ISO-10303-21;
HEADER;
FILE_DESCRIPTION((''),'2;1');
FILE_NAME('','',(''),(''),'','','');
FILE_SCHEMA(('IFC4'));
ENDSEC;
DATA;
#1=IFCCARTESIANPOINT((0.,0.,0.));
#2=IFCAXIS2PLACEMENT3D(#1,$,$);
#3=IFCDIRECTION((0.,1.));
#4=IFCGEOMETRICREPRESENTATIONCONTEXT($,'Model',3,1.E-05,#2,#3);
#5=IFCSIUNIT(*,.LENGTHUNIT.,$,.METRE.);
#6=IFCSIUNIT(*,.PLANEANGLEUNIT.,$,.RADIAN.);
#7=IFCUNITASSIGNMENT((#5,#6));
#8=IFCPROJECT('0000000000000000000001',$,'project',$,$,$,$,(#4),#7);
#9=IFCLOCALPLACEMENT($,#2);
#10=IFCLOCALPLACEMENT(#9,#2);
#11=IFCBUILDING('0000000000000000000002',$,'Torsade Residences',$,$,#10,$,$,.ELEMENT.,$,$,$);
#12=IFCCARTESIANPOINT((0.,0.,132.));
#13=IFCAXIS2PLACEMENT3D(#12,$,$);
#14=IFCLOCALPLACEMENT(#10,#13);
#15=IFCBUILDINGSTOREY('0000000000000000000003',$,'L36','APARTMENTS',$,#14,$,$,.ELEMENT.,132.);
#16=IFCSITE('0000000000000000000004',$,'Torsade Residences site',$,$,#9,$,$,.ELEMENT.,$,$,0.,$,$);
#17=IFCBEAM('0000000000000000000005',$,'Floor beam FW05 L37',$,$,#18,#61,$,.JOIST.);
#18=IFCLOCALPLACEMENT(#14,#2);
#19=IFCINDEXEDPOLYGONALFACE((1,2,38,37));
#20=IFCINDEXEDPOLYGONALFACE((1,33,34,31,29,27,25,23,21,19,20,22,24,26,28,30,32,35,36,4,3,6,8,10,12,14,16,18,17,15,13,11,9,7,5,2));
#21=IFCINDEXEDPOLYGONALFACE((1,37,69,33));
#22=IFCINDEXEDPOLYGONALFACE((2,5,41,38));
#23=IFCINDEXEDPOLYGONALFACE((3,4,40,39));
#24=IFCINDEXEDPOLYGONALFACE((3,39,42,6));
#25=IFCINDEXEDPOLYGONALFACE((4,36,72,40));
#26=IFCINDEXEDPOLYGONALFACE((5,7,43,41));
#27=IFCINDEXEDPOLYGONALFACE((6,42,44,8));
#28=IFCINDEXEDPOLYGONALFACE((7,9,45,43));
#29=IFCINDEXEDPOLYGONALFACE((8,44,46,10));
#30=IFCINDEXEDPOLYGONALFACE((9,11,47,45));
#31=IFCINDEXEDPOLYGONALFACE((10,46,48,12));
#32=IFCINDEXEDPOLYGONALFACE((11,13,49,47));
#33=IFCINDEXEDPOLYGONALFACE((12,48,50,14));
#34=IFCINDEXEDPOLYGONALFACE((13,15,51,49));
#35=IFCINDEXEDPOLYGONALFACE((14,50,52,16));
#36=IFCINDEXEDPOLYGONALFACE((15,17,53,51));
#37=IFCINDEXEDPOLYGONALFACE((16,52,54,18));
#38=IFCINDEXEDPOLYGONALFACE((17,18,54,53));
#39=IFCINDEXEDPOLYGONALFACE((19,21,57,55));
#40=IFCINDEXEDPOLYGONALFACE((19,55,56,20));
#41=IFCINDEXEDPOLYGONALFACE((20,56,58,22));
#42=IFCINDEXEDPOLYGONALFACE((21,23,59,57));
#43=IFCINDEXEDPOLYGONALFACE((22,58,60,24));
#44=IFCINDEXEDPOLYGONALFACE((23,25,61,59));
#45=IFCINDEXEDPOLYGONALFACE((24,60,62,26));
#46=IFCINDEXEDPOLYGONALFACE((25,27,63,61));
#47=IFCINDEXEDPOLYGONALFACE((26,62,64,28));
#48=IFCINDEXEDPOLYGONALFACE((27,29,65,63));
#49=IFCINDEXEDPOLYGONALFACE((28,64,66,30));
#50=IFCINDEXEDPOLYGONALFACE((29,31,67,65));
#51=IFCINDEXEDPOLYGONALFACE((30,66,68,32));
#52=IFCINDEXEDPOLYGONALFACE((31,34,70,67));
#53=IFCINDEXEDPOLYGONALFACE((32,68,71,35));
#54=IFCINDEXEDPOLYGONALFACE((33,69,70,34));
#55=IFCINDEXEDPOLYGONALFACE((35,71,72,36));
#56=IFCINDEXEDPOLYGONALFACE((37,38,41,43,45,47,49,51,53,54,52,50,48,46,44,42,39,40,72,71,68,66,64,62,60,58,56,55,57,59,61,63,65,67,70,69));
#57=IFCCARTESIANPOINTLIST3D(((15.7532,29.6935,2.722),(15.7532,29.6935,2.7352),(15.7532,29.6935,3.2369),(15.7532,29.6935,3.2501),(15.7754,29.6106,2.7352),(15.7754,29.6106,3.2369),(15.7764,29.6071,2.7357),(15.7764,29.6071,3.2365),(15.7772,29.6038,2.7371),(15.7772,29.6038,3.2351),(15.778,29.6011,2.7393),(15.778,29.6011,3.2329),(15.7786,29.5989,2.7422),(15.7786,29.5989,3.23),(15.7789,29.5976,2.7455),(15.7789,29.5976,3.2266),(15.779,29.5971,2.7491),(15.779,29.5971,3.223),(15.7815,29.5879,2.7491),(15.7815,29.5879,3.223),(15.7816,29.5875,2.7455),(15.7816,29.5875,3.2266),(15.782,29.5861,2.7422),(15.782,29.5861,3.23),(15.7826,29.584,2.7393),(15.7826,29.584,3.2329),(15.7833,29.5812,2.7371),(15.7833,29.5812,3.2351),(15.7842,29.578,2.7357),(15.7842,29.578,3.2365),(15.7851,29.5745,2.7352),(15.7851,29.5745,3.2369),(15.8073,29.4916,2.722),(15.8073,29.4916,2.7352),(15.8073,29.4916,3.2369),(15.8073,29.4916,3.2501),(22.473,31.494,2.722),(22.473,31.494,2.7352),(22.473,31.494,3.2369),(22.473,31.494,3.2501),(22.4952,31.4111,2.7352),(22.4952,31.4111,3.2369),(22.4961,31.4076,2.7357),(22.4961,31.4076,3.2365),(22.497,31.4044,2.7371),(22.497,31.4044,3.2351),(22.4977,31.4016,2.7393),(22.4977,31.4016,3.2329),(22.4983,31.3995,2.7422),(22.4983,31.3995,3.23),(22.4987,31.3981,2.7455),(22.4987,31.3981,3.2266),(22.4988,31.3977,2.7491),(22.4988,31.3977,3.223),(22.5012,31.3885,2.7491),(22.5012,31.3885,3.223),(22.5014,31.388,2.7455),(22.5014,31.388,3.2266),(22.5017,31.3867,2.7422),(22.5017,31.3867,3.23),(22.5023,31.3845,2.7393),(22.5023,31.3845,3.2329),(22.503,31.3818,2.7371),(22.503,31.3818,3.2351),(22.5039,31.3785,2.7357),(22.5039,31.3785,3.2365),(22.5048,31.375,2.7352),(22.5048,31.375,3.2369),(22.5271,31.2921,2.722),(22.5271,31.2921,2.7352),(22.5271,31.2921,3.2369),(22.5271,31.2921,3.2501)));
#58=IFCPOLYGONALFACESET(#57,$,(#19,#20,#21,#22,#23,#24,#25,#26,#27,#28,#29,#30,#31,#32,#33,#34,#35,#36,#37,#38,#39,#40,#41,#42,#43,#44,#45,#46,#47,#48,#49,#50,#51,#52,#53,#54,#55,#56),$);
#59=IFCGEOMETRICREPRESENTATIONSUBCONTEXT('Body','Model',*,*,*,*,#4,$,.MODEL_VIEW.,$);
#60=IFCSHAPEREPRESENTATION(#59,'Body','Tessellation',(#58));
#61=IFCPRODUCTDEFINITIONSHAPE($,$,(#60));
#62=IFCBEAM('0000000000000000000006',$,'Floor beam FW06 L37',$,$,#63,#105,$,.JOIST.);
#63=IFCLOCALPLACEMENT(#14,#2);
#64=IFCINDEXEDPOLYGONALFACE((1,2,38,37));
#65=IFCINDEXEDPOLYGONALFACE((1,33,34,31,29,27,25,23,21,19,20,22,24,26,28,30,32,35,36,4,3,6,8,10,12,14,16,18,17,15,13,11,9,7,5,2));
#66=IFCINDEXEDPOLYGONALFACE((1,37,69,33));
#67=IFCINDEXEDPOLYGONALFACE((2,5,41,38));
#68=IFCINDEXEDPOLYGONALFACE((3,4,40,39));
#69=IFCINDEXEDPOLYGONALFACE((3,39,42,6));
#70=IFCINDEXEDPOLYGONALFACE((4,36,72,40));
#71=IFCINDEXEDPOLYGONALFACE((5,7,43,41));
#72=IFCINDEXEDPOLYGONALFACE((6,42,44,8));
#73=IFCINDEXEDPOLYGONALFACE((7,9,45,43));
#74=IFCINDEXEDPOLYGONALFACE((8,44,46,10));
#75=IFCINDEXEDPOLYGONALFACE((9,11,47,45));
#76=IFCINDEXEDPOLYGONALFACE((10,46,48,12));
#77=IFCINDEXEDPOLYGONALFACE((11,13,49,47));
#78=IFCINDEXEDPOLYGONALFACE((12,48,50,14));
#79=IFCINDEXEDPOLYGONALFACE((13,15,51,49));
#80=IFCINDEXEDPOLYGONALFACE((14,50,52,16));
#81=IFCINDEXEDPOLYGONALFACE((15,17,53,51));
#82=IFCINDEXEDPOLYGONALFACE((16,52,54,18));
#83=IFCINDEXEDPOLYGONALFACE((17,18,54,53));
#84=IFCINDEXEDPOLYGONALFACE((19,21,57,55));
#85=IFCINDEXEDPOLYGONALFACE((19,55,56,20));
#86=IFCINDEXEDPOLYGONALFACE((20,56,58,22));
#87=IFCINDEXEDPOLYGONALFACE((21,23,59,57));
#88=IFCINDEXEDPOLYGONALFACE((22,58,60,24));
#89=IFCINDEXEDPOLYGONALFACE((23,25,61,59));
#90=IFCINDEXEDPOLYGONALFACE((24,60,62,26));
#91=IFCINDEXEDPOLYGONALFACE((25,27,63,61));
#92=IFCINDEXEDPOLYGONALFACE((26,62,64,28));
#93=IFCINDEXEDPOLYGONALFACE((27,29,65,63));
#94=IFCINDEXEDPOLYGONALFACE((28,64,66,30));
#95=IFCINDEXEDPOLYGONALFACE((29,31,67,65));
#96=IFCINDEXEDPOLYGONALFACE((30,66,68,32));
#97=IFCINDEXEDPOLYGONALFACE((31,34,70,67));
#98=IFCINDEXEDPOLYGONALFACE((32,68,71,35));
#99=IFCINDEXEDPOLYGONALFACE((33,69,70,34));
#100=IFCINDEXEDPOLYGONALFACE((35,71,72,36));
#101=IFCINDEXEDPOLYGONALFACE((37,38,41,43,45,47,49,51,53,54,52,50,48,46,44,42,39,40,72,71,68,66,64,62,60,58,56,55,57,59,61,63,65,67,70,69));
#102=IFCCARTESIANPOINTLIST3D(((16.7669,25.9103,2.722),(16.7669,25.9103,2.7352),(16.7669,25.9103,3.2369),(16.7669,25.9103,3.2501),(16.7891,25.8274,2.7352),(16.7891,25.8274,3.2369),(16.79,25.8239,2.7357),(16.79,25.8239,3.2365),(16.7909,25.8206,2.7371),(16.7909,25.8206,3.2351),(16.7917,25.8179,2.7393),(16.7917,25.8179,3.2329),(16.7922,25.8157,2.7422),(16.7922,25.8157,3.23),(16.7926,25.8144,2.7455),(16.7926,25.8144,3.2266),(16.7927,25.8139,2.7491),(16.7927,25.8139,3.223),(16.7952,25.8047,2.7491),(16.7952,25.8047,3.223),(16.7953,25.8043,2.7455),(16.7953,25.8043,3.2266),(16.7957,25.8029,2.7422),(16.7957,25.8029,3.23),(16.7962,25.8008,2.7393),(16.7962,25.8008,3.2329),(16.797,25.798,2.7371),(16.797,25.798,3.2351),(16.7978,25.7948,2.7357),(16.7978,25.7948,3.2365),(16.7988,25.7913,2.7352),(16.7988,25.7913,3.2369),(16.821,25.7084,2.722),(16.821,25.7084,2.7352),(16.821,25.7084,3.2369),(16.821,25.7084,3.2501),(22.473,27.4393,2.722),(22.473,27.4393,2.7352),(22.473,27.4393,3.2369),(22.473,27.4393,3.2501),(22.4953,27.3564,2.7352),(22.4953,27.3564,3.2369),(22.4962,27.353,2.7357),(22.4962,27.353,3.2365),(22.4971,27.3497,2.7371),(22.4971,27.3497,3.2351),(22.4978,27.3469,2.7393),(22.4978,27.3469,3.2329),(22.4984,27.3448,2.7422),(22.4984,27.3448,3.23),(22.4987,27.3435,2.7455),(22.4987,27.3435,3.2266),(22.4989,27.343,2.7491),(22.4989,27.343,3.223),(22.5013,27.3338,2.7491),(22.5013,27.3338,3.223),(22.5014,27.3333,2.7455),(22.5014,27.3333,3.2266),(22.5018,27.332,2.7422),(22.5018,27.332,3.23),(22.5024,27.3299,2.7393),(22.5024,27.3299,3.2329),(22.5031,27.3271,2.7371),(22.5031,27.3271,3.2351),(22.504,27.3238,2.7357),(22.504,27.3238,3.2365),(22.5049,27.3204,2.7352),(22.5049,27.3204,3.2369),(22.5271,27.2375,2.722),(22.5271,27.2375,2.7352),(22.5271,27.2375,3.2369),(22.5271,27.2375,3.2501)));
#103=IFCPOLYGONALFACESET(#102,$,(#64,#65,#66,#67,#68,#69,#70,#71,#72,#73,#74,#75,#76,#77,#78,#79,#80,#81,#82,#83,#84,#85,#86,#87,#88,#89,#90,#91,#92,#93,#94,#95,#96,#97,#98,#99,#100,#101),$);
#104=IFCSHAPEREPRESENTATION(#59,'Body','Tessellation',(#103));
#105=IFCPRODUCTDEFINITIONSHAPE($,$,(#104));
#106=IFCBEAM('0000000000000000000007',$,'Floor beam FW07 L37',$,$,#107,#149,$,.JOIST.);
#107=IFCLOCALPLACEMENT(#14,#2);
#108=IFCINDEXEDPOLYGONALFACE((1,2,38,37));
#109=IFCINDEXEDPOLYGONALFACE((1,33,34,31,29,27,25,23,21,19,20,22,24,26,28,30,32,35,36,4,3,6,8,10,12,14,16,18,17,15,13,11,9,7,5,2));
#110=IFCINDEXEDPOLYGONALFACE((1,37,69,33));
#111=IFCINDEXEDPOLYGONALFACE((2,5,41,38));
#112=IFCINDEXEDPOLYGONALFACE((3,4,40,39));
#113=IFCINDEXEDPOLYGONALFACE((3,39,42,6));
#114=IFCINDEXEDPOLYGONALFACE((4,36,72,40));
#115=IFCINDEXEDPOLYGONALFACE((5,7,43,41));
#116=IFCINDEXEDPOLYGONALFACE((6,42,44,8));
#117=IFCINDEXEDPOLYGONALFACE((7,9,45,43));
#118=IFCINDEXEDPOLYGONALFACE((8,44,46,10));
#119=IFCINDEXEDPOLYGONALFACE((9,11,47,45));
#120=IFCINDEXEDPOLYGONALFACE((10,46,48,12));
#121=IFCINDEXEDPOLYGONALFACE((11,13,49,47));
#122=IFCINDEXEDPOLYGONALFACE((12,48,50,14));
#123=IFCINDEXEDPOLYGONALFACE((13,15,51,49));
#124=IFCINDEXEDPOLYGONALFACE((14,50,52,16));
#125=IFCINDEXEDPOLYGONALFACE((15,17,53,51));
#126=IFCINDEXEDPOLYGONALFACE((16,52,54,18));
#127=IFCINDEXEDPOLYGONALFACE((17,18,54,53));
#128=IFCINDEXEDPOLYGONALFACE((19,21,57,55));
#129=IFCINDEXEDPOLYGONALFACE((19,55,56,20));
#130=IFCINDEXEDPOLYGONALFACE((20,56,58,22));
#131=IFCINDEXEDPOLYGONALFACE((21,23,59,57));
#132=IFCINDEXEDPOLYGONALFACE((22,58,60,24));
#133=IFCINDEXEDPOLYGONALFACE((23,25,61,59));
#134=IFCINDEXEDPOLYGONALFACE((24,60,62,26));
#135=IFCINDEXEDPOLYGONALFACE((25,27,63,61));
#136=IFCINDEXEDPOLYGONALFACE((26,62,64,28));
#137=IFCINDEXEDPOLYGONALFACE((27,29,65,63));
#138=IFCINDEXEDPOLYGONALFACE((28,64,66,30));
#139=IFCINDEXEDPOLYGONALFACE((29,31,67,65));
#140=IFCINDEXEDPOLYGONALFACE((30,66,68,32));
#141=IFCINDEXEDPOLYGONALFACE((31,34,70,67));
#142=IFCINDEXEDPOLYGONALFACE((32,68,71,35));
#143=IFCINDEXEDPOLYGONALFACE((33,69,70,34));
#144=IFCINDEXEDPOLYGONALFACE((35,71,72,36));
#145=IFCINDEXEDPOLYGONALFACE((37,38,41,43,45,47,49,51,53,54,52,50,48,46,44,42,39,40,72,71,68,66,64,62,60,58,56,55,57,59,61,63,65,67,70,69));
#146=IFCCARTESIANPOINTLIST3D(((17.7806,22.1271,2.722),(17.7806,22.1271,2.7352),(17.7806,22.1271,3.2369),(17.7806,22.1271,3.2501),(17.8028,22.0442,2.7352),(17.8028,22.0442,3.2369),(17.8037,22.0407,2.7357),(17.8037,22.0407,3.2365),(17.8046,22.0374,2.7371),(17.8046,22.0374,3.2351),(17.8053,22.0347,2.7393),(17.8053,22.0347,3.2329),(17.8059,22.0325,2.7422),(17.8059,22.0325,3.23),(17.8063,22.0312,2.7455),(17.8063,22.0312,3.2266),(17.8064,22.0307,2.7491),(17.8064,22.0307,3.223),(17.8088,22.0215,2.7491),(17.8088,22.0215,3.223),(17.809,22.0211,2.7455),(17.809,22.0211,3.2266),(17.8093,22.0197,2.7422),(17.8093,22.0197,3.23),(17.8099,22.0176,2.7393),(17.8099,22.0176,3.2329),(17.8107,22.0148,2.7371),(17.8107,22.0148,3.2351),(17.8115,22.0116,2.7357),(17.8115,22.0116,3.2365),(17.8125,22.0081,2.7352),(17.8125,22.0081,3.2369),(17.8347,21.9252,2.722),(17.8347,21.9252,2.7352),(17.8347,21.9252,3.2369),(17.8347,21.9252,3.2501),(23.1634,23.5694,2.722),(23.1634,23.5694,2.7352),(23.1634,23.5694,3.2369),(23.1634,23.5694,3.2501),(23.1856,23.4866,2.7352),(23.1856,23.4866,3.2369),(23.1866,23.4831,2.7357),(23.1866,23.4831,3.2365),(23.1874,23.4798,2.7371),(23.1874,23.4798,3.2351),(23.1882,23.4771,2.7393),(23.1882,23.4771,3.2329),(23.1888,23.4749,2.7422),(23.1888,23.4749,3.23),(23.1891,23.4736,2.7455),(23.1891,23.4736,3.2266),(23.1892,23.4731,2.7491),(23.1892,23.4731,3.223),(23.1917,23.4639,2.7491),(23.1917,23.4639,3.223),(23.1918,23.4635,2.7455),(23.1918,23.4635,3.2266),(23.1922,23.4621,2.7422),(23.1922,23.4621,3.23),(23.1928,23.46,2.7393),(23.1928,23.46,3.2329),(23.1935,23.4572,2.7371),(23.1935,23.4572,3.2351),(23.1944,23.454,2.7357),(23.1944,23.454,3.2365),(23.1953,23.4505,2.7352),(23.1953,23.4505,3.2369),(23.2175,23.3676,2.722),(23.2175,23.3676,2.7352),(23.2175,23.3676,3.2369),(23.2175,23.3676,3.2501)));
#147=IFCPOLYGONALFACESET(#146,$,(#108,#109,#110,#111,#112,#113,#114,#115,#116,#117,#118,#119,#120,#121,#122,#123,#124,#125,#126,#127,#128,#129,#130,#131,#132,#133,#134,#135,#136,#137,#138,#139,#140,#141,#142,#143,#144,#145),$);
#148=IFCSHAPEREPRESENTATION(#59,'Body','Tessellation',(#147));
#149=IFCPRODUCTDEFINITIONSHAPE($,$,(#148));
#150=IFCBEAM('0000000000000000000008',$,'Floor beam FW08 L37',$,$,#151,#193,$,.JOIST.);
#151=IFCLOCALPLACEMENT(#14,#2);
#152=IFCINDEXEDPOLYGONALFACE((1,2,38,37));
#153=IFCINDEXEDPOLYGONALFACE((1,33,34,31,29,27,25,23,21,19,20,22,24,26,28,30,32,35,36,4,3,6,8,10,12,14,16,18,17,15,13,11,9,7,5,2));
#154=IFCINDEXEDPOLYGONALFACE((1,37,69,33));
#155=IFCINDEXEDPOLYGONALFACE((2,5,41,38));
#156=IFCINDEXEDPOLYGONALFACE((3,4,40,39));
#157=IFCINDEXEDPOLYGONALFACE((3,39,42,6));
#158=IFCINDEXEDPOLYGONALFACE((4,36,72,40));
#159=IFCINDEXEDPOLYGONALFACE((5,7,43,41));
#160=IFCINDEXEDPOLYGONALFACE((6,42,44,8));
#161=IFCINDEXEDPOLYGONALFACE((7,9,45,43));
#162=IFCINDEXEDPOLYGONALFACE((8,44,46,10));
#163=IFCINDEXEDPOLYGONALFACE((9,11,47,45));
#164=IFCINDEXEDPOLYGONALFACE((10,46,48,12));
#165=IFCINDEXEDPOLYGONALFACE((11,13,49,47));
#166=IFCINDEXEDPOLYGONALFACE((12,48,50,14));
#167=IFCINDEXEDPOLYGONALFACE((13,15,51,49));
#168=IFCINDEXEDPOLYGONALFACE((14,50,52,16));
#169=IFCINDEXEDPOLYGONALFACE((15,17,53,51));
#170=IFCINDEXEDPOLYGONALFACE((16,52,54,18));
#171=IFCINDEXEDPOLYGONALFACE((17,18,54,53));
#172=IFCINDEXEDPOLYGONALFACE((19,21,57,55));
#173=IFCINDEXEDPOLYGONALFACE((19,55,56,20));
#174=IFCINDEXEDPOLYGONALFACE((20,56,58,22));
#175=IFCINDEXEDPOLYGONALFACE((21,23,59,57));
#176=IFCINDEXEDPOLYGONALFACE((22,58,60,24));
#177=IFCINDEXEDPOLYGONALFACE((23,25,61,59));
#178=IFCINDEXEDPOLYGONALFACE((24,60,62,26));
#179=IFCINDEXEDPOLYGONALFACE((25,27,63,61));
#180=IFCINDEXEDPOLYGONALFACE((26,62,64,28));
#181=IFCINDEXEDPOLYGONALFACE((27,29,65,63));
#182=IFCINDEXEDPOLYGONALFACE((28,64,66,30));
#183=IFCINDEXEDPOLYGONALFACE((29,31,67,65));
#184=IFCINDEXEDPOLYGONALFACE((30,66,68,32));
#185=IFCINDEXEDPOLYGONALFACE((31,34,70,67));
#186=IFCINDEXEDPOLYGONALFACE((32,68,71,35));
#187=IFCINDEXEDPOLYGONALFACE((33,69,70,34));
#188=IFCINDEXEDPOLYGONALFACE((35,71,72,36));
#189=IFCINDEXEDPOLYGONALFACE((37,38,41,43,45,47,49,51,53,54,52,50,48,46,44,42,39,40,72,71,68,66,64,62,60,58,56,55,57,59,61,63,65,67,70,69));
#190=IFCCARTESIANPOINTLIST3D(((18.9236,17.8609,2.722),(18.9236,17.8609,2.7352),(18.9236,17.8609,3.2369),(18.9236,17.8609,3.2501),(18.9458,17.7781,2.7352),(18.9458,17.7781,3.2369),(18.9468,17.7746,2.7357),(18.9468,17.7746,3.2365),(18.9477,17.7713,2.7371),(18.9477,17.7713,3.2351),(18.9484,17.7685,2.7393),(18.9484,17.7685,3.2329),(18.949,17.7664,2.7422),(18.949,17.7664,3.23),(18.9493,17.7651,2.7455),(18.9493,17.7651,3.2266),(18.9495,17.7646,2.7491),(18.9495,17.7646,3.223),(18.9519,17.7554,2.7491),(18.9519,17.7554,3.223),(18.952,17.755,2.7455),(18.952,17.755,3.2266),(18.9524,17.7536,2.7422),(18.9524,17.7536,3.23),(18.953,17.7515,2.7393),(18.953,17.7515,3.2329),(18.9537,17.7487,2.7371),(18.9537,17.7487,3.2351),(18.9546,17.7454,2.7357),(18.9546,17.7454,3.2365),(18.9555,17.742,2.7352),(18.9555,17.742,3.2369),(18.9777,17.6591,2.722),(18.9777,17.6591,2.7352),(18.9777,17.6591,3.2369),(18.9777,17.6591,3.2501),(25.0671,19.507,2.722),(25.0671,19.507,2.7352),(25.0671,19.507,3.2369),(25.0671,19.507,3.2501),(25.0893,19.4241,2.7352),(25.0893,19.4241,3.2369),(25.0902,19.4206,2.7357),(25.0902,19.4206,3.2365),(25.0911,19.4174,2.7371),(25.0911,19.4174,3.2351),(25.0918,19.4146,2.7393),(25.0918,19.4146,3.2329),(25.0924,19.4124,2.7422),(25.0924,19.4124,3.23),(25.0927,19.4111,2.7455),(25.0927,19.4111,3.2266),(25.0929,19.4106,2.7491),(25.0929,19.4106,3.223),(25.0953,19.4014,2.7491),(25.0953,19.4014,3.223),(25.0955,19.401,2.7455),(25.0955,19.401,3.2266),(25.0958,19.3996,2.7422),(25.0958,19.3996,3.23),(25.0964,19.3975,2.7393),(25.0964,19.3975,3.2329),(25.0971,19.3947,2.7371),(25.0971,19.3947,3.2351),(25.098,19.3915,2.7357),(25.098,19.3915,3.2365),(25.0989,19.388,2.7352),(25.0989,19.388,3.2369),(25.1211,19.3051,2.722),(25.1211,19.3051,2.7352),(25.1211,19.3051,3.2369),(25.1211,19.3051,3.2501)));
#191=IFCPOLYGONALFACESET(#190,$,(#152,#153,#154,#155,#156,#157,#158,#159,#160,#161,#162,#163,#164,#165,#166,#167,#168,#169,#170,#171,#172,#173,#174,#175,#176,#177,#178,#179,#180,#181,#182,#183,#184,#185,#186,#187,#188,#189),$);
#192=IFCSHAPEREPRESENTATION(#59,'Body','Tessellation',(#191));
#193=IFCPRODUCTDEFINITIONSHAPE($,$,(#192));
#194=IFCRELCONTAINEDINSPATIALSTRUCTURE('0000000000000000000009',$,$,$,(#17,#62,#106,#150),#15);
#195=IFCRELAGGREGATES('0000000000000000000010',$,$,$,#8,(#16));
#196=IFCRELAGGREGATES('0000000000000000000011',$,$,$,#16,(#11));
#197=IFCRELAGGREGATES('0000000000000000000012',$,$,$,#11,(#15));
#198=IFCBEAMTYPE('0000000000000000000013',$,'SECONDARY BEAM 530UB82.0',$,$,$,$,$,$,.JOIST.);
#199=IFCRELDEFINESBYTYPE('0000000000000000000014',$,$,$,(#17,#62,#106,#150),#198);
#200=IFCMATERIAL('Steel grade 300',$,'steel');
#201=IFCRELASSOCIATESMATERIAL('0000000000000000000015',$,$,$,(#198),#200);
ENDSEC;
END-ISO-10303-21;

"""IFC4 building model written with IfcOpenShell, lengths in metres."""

from ifc_helpers import new_model, si_unit, direction, frame, origin, origin_2d, place, context, subcontext, project, spatial, i_section, extrude, material, material_profile, profile_set, type_object, element, save


model = new_model("IFC4")

# Units and contexts
model_context = context("Model", 3, precision=1e-05, world=origin(), true_north=direction((0.0, 1.0)))
body_context = subcontext(model_context, "Body", "Model", "MODEL_VIEW")
ifc_project = project(units=[si_unit("LENGTHUNIT", "METRE"), si_unit("PLANEANGLEUNIT", "RADIAN")], contexts=[model_context])

# Site, building, storey
site_placement = place(None, origin())
site = spatial("IfcSite", under=ifc_project, at=site_placement, Name="Torsade Residences site", CompositionType="ELEMENT", RefElevation=0.0)
building_placement = place(site_placement, origin())
building = spatial("IfcBuilding", under=site, at=building_placement, Name="Torsade Residences", CompositionType="ELEMENT")
storey_placement = place(building_placement, frame((0.0, 0.0, 132.0)))
storey = spatial("IfcBuildingStorey", under=building, at=storey_placement, Name="L36", Description="APARTMENTS", CompositionType="ELEMENT", Elevation=132.0)

# Beams
ifc_material_1 = material(Name="Steel grade 300", Category="steel")
ifc_material_profile_1 = material_profile(ifc_material_1, i_section(OverallWidth=0.209, OverallDepth=0.5281, WebThickness=0.0095, FlangeThickness=0.0132, FilletRadius=0.0139, at=origin_2d()), Name="530UB82.0")
ifc_profile_set_1 = profile_set([ifc_material_profile_1], Name="Steel grade 300")
beam_type_1 = type_object("IfcBeamType", Name="SECONDARY BEAM 530UB82.0", PredefinedType="JOIST", material=ifc_profile_set_1)
beam_1_placement = place(storey_placement, frame((15.7803, 29.5925, 2.9861), z_axis=(0.965926, 0.258818, 0.0), x_axis=(-0.258818, 0.965926, 0.0)))
element("IfcBeam", 1, at=beam_1_placement, inside=storey, type_object=beam_type_1, Name="Floor beam FW05 L37", PredefinedType="JOIST", context=body_context, shape_type="SweptSolid", body=[
    extrude(i_section(OverallWidth=0.209, OverallDepth=0.5281, WebThickness=0.0095, FlangeThickness=0.0132, FilletRadius=0.0139, at=origin_2d()), origin(), (0.0, 0.0, 1.0), 6.9568),
])
beam_2_placement = place(storey_placement, frame((16.7939, 25.8093, 2.9861), z_axis=(0.965921, 0.258838, 0.0), x_axis=(-0.258838, 0.965921, 0.0)))
element("IfcBeam", 2, at=beam_2_placement, inside=storey, type_object=beam_type_1, Name="Floor beam FW06 L37", PredefinedType="JOIST", context=body_context, shape_type="SweptSolid", body=[
    extrude(i_section(OverallWidth=0.209, OverallDepth=0.5281, WebThickness=0.0095, FlangeThickness=0.0132, FilletRadius=0.0139, at=origin_2d()), origin(), (0.0, 0.0, 1.0), 5.9075),
])
beam_3_placement = place(storey_placement, frame((17.8076, 22.0261, 2.9861), z_axis=(0.965923, 0.25883, 0.0), x_axis=(-0.25883, 0.965923, 0.0)))
element("IfcBeam", 3, at=beam_3_placement, inside=storey, type_object=beam_type_1, Name="Floor beam FW07 L37", PredefinedType="JOIST", context=body_context, shape_type="SweptSolid", body=[
    extrude(i_section(OverallWidth=0.209, OverallDepth=0.5281, WebThickness=0.0095, FlangeThickness=0.0132, FilletRadius=0.0139, at=origin_2d()), origin(), (0.0, 0.0, 1.0), 5.5728),
])
beam_4_placement = place(storey_placement, frame((18.9507, 17.76, 2.9861), z_axis=(0.96593, 0.258805, 0.0), x_axis=(-0.258805, 0.96593, 0.0)))
element("IfcBeam", 4, at=beam_4_placement, inside=storey, type_object=beam_type_1, Name="Floor beam FW08 L37", PredefinedType="JOIST", context=body_context, shape_type="SweptSolid", body=[
    extrude(i_section(OverallWidth=0.209, OverallDepth=0.5281, WebThickness=0.0095, FlangeThickness=0.0132, FilletRadius=0.0139, at=origin_2d()), origin(), (0.0, 0.0, 1.0), 6.3601),
])

save(model, "model.ifc")
